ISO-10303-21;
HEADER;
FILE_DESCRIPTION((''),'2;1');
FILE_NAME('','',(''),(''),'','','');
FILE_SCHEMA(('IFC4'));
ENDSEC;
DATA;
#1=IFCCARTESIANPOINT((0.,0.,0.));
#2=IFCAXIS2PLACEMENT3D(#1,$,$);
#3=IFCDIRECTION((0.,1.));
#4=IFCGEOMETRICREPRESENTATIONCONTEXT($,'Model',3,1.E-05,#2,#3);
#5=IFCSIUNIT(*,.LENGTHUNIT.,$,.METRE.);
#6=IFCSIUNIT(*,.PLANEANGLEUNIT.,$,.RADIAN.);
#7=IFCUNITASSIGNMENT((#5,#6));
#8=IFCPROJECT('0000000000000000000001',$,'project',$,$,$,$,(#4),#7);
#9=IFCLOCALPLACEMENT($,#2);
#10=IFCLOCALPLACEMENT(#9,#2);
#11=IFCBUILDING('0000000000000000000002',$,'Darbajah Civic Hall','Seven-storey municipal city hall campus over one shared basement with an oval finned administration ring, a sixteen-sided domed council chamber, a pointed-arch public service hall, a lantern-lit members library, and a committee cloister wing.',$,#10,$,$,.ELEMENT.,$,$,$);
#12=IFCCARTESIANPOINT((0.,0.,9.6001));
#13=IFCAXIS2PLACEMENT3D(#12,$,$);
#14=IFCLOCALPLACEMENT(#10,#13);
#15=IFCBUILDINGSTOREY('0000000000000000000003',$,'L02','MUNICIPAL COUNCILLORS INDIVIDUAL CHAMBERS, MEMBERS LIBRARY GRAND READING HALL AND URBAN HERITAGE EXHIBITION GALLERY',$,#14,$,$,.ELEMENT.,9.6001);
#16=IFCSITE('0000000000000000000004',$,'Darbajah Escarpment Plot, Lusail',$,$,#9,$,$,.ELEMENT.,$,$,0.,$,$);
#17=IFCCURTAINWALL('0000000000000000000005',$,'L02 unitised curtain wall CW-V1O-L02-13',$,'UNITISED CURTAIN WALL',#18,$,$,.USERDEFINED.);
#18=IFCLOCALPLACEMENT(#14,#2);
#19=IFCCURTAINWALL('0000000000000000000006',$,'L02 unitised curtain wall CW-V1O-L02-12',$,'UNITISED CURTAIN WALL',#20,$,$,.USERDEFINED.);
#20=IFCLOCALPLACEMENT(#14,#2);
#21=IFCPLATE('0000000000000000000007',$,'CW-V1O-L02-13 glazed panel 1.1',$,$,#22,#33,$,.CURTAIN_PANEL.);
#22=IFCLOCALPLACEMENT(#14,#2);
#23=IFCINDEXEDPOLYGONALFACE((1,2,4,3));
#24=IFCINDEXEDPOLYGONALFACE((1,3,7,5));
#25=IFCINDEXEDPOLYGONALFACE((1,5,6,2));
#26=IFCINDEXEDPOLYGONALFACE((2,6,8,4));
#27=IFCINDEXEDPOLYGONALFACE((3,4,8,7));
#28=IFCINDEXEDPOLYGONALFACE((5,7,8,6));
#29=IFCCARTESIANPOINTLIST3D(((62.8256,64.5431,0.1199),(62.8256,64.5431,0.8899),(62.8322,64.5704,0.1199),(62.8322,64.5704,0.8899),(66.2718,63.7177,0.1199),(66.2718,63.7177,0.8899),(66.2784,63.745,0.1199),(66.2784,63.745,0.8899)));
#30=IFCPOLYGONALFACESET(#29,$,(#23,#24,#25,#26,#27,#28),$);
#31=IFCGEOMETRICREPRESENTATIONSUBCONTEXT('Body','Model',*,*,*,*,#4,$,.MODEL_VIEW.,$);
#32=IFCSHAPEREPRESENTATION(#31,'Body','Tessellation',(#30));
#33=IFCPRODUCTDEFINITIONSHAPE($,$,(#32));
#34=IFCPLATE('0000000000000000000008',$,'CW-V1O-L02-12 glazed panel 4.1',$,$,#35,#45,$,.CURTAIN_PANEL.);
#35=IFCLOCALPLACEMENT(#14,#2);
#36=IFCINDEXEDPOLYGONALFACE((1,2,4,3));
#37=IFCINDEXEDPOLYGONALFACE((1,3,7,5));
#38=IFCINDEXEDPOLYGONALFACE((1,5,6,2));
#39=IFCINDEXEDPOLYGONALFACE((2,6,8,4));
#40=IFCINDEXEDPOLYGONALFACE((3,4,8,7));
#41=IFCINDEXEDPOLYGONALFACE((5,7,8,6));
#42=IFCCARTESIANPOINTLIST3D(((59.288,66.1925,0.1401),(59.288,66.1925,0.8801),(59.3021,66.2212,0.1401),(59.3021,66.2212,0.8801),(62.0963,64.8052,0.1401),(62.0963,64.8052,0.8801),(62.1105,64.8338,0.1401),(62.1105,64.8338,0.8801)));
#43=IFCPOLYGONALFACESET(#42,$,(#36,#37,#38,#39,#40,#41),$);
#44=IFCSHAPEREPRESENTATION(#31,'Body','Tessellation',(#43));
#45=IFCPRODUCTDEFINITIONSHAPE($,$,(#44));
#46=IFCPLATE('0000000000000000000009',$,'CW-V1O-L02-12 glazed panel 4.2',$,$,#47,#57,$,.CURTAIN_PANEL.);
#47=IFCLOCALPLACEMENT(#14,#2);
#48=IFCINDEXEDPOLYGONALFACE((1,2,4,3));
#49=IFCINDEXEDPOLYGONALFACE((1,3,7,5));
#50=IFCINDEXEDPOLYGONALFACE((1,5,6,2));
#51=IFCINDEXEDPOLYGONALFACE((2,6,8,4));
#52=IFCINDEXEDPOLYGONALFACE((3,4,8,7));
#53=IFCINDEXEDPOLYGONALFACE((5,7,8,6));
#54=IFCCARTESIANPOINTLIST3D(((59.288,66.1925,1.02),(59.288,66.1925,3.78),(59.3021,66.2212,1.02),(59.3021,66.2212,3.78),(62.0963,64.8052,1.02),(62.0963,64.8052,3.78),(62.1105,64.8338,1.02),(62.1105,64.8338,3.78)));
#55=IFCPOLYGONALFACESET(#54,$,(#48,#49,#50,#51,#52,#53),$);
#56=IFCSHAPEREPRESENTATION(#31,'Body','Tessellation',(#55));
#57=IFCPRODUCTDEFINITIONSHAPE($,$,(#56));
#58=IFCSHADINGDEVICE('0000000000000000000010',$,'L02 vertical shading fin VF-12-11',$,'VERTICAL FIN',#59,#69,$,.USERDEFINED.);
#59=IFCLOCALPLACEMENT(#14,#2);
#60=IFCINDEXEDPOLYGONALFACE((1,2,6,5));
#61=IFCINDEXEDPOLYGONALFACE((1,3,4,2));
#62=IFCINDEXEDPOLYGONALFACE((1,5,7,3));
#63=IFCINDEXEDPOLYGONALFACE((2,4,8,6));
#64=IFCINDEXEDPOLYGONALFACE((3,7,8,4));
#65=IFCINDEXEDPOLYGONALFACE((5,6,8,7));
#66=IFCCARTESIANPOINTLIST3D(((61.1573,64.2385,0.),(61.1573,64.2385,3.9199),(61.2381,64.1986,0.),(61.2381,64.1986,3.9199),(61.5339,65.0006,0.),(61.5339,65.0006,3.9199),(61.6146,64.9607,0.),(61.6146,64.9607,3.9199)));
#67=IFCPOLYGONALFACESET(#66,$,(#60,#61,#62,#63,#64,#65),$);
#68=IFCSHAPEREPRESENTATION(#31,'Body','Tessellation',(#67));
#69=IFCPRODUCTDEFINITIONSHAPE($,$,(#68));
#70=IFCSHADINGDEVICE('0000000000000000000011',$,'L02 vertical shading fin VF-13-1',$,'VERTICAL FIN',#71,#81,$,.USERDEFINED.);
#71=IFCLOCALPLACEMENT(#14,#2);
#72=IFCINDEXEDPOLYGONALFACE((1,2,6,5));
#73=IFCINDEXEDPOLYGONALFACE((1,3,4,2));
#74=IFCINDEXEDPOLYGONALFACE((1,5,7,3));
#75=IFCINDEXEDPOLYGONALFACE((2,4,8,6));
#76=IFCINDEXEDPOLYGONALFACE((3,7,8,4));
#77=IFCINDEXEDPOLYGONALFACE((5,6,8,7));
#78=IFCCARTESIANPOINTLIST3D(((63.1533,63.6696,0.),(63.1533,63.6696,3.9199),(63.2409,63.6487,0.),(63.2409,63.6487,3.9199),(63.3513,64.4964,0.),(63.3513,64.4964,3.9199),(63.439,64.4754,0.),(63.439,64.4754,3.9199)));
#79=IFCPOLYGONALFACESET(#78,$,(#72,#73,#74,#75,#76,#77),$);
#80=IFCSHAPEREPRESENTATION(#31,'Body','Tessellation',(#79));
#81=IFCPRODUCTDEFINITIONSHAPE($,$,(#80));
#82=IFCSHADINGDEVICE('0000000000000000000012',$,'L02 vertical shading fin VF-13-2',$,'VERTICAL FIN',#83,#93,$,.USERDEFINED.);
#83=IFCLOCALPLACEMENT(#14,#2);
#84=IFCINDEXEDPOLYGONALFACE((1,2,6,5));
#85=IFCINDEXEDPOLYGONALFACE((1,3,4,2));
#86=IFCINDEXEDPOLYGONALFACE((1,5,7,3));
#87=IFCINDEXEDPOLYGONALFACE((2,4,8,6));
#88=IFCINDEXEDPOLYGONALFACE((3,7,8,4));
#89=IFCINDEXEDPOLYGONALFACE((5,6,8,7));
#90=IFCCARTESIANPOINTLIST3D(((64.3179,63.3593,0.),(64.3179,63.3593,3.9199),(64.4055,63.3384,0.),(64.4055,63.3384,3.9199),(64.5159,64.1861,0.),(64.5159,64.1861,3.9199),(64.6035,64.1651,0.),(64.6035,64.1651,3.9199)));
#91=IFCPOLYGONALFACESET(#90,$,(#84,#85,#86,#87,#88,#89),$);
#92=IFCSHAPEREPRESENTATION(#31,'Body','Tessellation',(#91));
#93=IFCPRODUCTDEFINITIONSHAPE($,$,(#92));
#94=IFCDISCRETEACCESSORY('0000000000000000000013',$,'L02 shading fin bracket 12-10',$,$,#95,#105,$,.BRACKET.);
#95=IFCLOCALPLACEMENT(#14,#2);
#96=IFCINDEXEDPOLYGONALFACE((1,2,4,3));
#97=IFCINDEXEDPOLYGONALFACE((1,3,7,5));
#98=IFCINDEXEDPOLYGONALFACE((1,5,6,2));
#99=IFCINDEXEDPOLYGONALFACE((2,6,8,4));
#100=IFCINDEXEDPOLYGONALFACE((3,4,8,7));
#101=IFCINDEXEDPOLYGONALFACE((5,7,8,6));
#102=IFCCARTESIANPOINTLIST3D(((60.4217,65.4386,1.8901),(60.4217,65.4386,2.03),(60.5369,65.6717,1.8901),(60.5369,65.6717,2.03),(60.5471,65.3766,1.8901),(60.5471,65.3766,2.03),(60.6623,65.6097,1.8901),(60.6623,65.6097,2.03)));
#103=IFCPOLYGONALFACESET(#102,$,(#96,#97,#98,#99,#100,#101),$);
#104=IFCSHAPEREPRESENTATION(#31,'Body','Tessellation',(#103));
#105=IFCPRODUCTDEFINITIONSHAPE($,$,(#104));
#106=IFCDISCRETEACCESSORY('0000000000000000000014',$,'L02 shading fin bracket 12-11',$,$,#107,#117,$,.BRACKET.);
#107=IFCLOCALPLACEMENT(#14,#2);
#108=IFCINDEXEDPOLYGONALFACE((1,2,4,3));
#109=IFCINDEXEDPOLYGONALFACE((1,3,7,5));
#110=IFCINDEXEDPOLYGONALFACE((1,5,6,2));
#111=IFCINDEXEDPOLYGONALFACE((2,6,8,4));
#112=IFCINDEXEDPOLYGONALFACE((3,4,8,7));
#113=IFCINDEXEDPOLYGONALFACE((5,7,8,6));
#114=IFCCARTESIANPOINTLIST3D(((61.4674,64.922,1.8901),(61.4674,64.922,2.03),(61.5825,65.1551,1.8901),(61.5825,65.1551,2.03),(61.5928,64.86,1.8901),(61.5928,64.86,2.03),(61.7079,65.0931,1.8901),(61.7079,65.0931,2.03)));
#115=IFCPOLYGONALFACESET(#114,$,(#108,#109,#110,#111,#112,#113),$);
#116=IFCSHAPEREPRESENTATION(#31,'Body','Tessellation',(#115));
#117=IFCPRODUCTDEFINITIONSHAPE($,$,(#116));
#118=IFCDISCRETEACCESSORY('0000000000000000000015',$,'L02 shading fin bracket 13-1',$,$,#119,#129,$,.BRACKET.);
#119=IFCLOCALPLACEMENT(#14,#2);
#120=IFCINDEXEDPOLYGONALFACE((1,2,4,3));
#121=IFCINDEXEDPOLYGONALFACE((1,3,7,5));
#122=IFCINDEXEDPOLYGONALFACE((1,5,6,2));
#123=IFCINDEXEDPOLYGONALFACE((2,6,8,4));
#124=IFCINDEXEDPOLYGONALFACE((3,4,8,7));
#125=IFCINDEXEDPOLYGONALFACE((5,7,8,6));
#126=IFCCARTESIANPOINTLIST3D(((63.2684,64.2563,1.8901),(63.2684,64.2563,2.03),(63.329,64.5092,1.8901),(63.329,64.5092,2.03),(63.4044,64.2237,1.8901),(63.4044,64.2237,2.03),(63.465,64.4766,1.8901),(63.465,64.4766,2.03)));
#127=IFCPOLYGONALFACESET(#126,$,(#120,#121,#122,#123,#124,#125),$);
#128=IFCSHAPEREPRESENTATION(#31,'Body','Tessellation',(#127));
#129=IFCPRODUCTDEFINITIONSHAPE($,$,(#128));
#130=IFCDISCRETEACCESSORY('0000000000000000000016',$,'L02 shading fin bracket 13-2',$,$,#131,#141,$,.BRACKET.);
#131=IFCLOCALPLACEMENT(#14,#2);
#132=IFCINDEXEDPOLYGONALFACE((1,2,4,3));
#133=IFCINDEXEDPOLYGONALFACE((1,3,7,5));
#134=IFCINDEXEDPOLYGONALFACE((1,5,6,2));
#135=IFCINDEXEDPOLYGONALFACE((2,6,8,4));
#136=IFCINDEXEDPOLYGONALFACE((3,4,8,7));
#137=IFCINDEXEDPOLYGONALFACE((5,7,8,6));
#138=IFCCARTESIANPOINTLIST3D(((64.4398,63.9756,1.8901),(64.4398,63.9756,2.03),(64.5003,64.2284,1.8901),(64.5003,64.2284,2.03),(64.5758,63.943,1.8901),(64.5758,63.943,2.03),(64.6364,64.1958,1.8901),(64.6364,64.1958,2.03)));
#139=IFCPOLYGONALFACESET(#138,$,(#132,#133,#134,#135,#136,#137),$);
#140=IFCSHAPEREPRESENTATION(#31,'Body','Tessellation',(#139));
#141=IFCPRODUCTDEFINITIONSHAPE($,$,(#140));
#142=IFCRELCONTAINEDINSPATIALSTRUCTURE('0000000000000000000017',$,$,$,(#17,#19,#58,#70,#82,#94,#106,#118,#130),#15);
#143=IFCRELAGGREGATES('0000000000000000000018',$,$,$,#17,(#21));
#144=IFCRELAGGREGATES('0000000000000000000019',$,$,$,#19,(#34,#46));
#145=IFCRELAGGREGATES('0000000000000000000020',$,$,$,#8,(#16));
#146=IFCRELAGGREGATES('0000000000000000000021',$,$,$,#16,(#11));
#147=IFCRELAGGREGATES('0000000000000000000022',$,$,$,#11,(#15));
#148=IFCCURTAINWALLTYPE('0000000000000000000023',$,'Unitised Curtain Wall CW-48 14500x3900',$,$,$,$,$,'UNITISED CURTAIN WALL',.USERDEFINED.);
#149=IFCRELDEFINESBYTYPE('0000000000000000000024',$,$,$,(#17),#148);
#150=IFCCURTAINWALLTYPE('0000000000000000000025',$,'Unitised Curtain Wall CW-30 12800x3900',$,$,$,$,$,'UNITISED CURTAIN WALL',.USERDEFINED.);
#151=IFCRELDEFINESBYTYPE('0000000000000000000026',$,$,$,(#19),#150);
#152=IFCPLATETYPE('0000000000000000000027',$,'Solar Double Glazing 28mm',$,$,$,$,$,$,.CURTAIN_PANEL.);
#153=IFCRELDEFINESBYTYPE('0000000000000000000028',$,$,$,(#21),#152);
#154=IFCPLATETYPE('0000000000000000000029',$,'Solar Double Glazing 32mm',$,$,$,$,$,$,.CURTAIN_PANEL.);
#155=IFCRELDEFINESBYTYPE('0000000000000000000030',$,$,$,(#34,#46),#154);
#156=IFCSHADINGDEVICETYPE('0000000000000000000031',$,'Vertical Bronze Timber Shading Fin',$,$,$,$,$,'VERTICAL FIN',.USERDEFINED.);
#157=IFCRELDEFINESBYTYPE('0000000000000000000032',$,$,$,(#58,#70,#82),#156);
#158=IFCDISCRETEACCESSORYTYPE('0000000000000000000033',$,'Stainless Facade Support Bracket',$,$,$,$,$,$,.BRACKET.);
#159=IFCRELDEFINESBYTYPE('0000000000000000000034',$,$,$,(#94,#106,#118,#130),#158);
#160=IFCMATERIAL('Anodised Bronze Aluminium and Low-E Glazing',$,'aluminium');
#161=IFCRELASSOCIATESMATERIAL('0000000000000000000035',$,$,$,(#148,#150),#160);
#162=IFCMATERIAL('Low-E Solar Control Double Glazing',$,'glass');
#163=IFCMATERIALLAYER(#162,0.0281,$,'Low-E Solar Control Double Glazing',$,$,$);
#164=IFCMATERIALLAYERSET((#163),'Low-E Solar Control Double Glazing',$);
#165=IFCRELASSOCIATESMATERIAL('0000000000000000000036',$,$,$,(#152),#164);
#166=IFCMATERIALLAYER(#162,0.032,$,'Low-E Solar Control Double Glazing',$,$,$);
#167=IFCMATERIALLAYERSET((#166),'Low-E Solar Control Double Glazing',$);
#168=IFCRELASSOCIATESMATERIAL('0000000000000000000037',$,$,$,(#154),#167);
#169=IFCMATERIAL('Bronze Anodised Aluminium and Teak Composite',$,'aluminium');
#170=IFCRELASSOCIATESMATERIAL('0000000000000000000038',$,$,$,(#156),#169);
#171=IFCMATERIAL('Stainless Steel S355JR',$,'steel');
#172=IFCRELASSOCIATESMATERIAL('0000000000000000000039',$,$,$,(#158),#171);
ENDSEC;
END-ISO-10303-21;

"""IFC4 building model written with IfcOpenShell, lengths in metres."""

from ifc_helpers import new_model, si_unit, direction, frame, origin, origin_2d, place, context, subcontext, project, spatial, rectangle, extrude, material, layer, layer_set, type_object, element, aggregate, save


model = new_model("IFC4")

# Units and contexts
model_context = context("Model", 3, precision=1e-05, world=origin(), true_north=direction((0.0, 1.0)))
body_context = subcontext(model_context, "Body", "Model", "MODEL_VIEW")
ifc_project = project(units=[si_unit("LENGTHUNIT", "METRE"), si_unit("PLANEANGLEUNIT", "RADIAN")], contexts=[model_context])

# Site, building, storey
site_placement = place(None, origin())
site = spatial("IfcSite", under=ifc_project, at=site_placement, Name="Darbajah Escarpment Plot, Lusail", CompositionType="ELEMENT", RefElevation=0.0)
building_placement = place(site_placement, origin())
building = spatial("IfcBuilding", under=site, at=building_placement, Name="Darbajah Civic Hall", Description="Seven-storey municipal city hall campus over one shared basement with an oval finned administration ring, a sixteen-sided domed council chamber, a pointed-arch public service hall, a lantern-lit members library, and a committee cloister wing.", CompositionType="ELEMENT")
storey_placement = place(building_placement, frame((0.0, 0.0, 9.6001)))
storey = spatial("IfcBuildingStorey", under=building, at=storey_placement, Name="L02", Description="MUNICIPAL COUNCILLORS INDIVIDUAL CHAMBERS, MEMBERS LIBRARY GRAND READING HALL AND URBAN HERITAGE EXHIBITION GALLERY", CompositionType="ELEMENT", Elevation=9.6001)

# Curtain walls
ifc_material_1 = material(Name="Anodised Bronze Aluminium and Low-E Glazing", Category="aluminium")
curtain_wall_type_1 = type_object("IfcCurtainWallType", Name="Unitised Curtain Wall CW-48 14500x3900", ElementType="UNITISED CURTAIN WALL", PredefinedType="USERDEFINED", material=ifc_material_1)
curtain_wall_1_placement = place(storey_placement, origin())
curtain_wall_1 = element("IfcCurtainWall", 1, at=curtain_wall_1_placement, inside=storey, type_object=curtain_wall_type_1, Name="L02 unitised curtain wall CW-V1O-L02-13", ObjectType="UNITISED CURTAIN WALL", PredefinedType="USERDEFINED")
curtain_wall_type_2 = type_object("IfcCurtainWallType", Name="Unitised Curtain Wall CW-30 12800x3900", ElementType="UNITISED CURTAIN WALL", PredefinedType="USERDEFINED", material=ifc_material_1)
curtain_wall_2_placement = place(storey_placement, origin())
curtain_wall_2 = element("IfcCurtainWall", 2, at=curtain_wall_2_placement, inside=storey, type_object=curtain_wall_type_2, Name="L02 unitised curtain wall CW-V1O-L02-12", ObjectType="UNITISED CURTAIN WALL", PredefinedType="USERDEFINED")

# Plates
ifc_material_2 = material(Name="Low-E Solar Control Double Glazing", Category="glass")
ifc_layer_1 = layer(ifc_material_2, 0.0281, Name="Low-E Solar Control Double Glazing")
ifc_layer_set_1 = layer_set([ifc_layer_1], Name="Low-E Solar Control Double Glazing")
plate_type_1 = type_object("IfcPlateType", Name="Solar Double Glazing 28mm", PredefinedType="CURTAIN_PANEL", material=ifc_layer_set_1)
plate_1_placement = place(storey_placement, frame((64.552, 64.144, 0.1199), z_axis=(0.0, 0.0, 1.0), x_axis=(0.972492, -0.232936, 0.0)))
plate_1 = element("IfcPlate", 3, at=plate_1_placement, type_object=plate_type_1, Name="CW-V1O-L02-13 glazed panel 1.1", PredefinedType="CURTAIN_PANEL", context=body_context, shape_type="SweptSolid", body=[
    extrude(rectangle(XDim=3.5437, YDim=0.0281, at=origin_2d()), origin(), (0.0, 0.0, 1.0), 0.77),
])
aggregate(curtain_wall_1, [plate_1])
ifc_layer_2 = layer(ifc_material_2, 0.032, Name="Low-E Solar Control Double Glazing")
ifc_layer_set_2 = layer_set([ifc_layer_2], Name="Low-E Solar Control Double Glazing")
plate_type_2 = type_object("IfcPlateType", Name="Solar Double Glazing 32mm", PredefinedType="CURTAIN_PANEL", material=ifc_layer_set_2)
plate_2_placement = place(storey_placement, frame((60.6992, 65.5132, 0.1401), z_axis=(0.0, 0.0, 1.0), x_axis=(0.896564, -0.442915, 0.0)))
plate_2 = element("IfcPlate", 4, at=plate_2_placement, type_object=plate_type_2, Name="CW-V1O-L02-12 glazed panel 4.1", PredefinedType="CURTAIN_PANEL", context=body_context, shape_type="SweptSolid", body=[
    extrude(rectangle(XDim=3.1323, YDim=0.032, at=origin_2d()), origin(), (0.0, 0.0, 1.0), 0.74),
])
plate_3_placement = place(storey_placement, frame((60.6992, 65.5132, 1.02), z_axis=(0.0, 0.0, 1.0), x_axis=(0.896564, -0.442915, 0.0)))
plate_3 = element("IfcPlate", 5, at=plate_3_placement, type_object=plate_type_2, Name="CW-V1O-L02-12 glazed panel 4.2", PredefinedType="CURTAIN_PANEL", context=body_context, shape_type="SweptSolid", body=[
    extrude(rectangle(XDim=3.1323, YDim=0.032, at=origin_2d()), origin(), (0.0, 0.0, 1.0), 2.76),
])
aggregate(curtain_wall_2, [plate_2, plate_3])

# Shading devices
ifc_material_3 = material(Name="Bronze Anodised Aluminium and Teak Composite", Category="aluminium")
shading_device_type = type_object("IfcShadingDeviceType", Name="Vertical Bronze Timber Shading Fin", ElementType="VERTICAL FIN", PredefinedType="USERDEFINED", material=ifc_material_3)
for number, where, z_axis, x_axis, name in (
    (6, (61.386, 64.5996, 0.0), (0.0, 0.0, 1.0), (-0.442915, -0.896564, 0.0), "L02 vertical shading fin VF-12-11"),
    (7, (63.2961, 64.0725, 0.0), (0.0, 0.0, 1.0), (-0.232936, -0.972492, 0.0), "L02 vertical shading fin VF-13-1"),
    (8, (64.4607, 63.7622, 0.0), (0.0, 0.0, 1.0), (-0.232936, -0.972492, 0.0), "L02 vertical shading fin VF-13-2"),
):
    element("IfcShadingDevice", number, at=place(storey_placement, frame(where, z_axis=z_axis, x_axis=x_axis)), inside=storey, type_object=shading_device_type, Name=name, ObjectType="VERTICAL FIN", PredefinedType="USERDEFINED", context=body_context, shape_type="SweptSolid", body=[
        extrude(rectangle(XDim=0.8501, YDim=0.0901, at=origin_2d()), origin(), (0.0, 0.0, 1.0), 3.9199),
    ])

# Discrete accessories
ifc_material_4 = material(Name="Stainless Steel S355JR", Category="steel")
discrete_accessory_type = type_object("IfcDiscreteAccessoryType", Name="Stainless Facade Support Bracket", PredefinedType="BRACKET", material=ifc_material_4)
for number, where, z_axis, x_axis, name in (
    (9, (60.542, 65.5242, 1.8901), (0.0, 0.0, 1.0), (-0.442915, -0.896564, 0.0), "L02 shading fin bracket 12-10"),
    (10, (61.5876, 65.0076, 1.8901), (0.0, 0.0, 1.0), (-0.442915, -0.896564, 0.0), "L02 shading fin bracket 12-11"),
    (11, (63.3667, 64.3665, 1.8901), (0.0, 0.0, 1.0), (-0.232936, -0.972492, 0.0), "L02 shading fin bracket 13-1"),
    (12, (64.5381, 64.0857, 1.8901), (0.0, 0.0, 1.0), (-0.232936, -0.972492, 0.0), "L02 shading fin bracket 13-2"),
):
    element("IfcDiscreteAccessory", number, at=place(storey_placement, frame(where, z_axis=z_axis, x_axis=x_axis)), inside=storey, type_object=discrete_accessory_type, Name=name, PredefinedType="BRACKET", context=body_context, shape_type="SweptSolid", body=[
        extrude(rectangle(XDim=0.26, YDim=0.1399, at=origin_2d()), origin(), (0.0, 0.0, 1.0), 0.1399),
    ])

save(model, "model.ifc")
